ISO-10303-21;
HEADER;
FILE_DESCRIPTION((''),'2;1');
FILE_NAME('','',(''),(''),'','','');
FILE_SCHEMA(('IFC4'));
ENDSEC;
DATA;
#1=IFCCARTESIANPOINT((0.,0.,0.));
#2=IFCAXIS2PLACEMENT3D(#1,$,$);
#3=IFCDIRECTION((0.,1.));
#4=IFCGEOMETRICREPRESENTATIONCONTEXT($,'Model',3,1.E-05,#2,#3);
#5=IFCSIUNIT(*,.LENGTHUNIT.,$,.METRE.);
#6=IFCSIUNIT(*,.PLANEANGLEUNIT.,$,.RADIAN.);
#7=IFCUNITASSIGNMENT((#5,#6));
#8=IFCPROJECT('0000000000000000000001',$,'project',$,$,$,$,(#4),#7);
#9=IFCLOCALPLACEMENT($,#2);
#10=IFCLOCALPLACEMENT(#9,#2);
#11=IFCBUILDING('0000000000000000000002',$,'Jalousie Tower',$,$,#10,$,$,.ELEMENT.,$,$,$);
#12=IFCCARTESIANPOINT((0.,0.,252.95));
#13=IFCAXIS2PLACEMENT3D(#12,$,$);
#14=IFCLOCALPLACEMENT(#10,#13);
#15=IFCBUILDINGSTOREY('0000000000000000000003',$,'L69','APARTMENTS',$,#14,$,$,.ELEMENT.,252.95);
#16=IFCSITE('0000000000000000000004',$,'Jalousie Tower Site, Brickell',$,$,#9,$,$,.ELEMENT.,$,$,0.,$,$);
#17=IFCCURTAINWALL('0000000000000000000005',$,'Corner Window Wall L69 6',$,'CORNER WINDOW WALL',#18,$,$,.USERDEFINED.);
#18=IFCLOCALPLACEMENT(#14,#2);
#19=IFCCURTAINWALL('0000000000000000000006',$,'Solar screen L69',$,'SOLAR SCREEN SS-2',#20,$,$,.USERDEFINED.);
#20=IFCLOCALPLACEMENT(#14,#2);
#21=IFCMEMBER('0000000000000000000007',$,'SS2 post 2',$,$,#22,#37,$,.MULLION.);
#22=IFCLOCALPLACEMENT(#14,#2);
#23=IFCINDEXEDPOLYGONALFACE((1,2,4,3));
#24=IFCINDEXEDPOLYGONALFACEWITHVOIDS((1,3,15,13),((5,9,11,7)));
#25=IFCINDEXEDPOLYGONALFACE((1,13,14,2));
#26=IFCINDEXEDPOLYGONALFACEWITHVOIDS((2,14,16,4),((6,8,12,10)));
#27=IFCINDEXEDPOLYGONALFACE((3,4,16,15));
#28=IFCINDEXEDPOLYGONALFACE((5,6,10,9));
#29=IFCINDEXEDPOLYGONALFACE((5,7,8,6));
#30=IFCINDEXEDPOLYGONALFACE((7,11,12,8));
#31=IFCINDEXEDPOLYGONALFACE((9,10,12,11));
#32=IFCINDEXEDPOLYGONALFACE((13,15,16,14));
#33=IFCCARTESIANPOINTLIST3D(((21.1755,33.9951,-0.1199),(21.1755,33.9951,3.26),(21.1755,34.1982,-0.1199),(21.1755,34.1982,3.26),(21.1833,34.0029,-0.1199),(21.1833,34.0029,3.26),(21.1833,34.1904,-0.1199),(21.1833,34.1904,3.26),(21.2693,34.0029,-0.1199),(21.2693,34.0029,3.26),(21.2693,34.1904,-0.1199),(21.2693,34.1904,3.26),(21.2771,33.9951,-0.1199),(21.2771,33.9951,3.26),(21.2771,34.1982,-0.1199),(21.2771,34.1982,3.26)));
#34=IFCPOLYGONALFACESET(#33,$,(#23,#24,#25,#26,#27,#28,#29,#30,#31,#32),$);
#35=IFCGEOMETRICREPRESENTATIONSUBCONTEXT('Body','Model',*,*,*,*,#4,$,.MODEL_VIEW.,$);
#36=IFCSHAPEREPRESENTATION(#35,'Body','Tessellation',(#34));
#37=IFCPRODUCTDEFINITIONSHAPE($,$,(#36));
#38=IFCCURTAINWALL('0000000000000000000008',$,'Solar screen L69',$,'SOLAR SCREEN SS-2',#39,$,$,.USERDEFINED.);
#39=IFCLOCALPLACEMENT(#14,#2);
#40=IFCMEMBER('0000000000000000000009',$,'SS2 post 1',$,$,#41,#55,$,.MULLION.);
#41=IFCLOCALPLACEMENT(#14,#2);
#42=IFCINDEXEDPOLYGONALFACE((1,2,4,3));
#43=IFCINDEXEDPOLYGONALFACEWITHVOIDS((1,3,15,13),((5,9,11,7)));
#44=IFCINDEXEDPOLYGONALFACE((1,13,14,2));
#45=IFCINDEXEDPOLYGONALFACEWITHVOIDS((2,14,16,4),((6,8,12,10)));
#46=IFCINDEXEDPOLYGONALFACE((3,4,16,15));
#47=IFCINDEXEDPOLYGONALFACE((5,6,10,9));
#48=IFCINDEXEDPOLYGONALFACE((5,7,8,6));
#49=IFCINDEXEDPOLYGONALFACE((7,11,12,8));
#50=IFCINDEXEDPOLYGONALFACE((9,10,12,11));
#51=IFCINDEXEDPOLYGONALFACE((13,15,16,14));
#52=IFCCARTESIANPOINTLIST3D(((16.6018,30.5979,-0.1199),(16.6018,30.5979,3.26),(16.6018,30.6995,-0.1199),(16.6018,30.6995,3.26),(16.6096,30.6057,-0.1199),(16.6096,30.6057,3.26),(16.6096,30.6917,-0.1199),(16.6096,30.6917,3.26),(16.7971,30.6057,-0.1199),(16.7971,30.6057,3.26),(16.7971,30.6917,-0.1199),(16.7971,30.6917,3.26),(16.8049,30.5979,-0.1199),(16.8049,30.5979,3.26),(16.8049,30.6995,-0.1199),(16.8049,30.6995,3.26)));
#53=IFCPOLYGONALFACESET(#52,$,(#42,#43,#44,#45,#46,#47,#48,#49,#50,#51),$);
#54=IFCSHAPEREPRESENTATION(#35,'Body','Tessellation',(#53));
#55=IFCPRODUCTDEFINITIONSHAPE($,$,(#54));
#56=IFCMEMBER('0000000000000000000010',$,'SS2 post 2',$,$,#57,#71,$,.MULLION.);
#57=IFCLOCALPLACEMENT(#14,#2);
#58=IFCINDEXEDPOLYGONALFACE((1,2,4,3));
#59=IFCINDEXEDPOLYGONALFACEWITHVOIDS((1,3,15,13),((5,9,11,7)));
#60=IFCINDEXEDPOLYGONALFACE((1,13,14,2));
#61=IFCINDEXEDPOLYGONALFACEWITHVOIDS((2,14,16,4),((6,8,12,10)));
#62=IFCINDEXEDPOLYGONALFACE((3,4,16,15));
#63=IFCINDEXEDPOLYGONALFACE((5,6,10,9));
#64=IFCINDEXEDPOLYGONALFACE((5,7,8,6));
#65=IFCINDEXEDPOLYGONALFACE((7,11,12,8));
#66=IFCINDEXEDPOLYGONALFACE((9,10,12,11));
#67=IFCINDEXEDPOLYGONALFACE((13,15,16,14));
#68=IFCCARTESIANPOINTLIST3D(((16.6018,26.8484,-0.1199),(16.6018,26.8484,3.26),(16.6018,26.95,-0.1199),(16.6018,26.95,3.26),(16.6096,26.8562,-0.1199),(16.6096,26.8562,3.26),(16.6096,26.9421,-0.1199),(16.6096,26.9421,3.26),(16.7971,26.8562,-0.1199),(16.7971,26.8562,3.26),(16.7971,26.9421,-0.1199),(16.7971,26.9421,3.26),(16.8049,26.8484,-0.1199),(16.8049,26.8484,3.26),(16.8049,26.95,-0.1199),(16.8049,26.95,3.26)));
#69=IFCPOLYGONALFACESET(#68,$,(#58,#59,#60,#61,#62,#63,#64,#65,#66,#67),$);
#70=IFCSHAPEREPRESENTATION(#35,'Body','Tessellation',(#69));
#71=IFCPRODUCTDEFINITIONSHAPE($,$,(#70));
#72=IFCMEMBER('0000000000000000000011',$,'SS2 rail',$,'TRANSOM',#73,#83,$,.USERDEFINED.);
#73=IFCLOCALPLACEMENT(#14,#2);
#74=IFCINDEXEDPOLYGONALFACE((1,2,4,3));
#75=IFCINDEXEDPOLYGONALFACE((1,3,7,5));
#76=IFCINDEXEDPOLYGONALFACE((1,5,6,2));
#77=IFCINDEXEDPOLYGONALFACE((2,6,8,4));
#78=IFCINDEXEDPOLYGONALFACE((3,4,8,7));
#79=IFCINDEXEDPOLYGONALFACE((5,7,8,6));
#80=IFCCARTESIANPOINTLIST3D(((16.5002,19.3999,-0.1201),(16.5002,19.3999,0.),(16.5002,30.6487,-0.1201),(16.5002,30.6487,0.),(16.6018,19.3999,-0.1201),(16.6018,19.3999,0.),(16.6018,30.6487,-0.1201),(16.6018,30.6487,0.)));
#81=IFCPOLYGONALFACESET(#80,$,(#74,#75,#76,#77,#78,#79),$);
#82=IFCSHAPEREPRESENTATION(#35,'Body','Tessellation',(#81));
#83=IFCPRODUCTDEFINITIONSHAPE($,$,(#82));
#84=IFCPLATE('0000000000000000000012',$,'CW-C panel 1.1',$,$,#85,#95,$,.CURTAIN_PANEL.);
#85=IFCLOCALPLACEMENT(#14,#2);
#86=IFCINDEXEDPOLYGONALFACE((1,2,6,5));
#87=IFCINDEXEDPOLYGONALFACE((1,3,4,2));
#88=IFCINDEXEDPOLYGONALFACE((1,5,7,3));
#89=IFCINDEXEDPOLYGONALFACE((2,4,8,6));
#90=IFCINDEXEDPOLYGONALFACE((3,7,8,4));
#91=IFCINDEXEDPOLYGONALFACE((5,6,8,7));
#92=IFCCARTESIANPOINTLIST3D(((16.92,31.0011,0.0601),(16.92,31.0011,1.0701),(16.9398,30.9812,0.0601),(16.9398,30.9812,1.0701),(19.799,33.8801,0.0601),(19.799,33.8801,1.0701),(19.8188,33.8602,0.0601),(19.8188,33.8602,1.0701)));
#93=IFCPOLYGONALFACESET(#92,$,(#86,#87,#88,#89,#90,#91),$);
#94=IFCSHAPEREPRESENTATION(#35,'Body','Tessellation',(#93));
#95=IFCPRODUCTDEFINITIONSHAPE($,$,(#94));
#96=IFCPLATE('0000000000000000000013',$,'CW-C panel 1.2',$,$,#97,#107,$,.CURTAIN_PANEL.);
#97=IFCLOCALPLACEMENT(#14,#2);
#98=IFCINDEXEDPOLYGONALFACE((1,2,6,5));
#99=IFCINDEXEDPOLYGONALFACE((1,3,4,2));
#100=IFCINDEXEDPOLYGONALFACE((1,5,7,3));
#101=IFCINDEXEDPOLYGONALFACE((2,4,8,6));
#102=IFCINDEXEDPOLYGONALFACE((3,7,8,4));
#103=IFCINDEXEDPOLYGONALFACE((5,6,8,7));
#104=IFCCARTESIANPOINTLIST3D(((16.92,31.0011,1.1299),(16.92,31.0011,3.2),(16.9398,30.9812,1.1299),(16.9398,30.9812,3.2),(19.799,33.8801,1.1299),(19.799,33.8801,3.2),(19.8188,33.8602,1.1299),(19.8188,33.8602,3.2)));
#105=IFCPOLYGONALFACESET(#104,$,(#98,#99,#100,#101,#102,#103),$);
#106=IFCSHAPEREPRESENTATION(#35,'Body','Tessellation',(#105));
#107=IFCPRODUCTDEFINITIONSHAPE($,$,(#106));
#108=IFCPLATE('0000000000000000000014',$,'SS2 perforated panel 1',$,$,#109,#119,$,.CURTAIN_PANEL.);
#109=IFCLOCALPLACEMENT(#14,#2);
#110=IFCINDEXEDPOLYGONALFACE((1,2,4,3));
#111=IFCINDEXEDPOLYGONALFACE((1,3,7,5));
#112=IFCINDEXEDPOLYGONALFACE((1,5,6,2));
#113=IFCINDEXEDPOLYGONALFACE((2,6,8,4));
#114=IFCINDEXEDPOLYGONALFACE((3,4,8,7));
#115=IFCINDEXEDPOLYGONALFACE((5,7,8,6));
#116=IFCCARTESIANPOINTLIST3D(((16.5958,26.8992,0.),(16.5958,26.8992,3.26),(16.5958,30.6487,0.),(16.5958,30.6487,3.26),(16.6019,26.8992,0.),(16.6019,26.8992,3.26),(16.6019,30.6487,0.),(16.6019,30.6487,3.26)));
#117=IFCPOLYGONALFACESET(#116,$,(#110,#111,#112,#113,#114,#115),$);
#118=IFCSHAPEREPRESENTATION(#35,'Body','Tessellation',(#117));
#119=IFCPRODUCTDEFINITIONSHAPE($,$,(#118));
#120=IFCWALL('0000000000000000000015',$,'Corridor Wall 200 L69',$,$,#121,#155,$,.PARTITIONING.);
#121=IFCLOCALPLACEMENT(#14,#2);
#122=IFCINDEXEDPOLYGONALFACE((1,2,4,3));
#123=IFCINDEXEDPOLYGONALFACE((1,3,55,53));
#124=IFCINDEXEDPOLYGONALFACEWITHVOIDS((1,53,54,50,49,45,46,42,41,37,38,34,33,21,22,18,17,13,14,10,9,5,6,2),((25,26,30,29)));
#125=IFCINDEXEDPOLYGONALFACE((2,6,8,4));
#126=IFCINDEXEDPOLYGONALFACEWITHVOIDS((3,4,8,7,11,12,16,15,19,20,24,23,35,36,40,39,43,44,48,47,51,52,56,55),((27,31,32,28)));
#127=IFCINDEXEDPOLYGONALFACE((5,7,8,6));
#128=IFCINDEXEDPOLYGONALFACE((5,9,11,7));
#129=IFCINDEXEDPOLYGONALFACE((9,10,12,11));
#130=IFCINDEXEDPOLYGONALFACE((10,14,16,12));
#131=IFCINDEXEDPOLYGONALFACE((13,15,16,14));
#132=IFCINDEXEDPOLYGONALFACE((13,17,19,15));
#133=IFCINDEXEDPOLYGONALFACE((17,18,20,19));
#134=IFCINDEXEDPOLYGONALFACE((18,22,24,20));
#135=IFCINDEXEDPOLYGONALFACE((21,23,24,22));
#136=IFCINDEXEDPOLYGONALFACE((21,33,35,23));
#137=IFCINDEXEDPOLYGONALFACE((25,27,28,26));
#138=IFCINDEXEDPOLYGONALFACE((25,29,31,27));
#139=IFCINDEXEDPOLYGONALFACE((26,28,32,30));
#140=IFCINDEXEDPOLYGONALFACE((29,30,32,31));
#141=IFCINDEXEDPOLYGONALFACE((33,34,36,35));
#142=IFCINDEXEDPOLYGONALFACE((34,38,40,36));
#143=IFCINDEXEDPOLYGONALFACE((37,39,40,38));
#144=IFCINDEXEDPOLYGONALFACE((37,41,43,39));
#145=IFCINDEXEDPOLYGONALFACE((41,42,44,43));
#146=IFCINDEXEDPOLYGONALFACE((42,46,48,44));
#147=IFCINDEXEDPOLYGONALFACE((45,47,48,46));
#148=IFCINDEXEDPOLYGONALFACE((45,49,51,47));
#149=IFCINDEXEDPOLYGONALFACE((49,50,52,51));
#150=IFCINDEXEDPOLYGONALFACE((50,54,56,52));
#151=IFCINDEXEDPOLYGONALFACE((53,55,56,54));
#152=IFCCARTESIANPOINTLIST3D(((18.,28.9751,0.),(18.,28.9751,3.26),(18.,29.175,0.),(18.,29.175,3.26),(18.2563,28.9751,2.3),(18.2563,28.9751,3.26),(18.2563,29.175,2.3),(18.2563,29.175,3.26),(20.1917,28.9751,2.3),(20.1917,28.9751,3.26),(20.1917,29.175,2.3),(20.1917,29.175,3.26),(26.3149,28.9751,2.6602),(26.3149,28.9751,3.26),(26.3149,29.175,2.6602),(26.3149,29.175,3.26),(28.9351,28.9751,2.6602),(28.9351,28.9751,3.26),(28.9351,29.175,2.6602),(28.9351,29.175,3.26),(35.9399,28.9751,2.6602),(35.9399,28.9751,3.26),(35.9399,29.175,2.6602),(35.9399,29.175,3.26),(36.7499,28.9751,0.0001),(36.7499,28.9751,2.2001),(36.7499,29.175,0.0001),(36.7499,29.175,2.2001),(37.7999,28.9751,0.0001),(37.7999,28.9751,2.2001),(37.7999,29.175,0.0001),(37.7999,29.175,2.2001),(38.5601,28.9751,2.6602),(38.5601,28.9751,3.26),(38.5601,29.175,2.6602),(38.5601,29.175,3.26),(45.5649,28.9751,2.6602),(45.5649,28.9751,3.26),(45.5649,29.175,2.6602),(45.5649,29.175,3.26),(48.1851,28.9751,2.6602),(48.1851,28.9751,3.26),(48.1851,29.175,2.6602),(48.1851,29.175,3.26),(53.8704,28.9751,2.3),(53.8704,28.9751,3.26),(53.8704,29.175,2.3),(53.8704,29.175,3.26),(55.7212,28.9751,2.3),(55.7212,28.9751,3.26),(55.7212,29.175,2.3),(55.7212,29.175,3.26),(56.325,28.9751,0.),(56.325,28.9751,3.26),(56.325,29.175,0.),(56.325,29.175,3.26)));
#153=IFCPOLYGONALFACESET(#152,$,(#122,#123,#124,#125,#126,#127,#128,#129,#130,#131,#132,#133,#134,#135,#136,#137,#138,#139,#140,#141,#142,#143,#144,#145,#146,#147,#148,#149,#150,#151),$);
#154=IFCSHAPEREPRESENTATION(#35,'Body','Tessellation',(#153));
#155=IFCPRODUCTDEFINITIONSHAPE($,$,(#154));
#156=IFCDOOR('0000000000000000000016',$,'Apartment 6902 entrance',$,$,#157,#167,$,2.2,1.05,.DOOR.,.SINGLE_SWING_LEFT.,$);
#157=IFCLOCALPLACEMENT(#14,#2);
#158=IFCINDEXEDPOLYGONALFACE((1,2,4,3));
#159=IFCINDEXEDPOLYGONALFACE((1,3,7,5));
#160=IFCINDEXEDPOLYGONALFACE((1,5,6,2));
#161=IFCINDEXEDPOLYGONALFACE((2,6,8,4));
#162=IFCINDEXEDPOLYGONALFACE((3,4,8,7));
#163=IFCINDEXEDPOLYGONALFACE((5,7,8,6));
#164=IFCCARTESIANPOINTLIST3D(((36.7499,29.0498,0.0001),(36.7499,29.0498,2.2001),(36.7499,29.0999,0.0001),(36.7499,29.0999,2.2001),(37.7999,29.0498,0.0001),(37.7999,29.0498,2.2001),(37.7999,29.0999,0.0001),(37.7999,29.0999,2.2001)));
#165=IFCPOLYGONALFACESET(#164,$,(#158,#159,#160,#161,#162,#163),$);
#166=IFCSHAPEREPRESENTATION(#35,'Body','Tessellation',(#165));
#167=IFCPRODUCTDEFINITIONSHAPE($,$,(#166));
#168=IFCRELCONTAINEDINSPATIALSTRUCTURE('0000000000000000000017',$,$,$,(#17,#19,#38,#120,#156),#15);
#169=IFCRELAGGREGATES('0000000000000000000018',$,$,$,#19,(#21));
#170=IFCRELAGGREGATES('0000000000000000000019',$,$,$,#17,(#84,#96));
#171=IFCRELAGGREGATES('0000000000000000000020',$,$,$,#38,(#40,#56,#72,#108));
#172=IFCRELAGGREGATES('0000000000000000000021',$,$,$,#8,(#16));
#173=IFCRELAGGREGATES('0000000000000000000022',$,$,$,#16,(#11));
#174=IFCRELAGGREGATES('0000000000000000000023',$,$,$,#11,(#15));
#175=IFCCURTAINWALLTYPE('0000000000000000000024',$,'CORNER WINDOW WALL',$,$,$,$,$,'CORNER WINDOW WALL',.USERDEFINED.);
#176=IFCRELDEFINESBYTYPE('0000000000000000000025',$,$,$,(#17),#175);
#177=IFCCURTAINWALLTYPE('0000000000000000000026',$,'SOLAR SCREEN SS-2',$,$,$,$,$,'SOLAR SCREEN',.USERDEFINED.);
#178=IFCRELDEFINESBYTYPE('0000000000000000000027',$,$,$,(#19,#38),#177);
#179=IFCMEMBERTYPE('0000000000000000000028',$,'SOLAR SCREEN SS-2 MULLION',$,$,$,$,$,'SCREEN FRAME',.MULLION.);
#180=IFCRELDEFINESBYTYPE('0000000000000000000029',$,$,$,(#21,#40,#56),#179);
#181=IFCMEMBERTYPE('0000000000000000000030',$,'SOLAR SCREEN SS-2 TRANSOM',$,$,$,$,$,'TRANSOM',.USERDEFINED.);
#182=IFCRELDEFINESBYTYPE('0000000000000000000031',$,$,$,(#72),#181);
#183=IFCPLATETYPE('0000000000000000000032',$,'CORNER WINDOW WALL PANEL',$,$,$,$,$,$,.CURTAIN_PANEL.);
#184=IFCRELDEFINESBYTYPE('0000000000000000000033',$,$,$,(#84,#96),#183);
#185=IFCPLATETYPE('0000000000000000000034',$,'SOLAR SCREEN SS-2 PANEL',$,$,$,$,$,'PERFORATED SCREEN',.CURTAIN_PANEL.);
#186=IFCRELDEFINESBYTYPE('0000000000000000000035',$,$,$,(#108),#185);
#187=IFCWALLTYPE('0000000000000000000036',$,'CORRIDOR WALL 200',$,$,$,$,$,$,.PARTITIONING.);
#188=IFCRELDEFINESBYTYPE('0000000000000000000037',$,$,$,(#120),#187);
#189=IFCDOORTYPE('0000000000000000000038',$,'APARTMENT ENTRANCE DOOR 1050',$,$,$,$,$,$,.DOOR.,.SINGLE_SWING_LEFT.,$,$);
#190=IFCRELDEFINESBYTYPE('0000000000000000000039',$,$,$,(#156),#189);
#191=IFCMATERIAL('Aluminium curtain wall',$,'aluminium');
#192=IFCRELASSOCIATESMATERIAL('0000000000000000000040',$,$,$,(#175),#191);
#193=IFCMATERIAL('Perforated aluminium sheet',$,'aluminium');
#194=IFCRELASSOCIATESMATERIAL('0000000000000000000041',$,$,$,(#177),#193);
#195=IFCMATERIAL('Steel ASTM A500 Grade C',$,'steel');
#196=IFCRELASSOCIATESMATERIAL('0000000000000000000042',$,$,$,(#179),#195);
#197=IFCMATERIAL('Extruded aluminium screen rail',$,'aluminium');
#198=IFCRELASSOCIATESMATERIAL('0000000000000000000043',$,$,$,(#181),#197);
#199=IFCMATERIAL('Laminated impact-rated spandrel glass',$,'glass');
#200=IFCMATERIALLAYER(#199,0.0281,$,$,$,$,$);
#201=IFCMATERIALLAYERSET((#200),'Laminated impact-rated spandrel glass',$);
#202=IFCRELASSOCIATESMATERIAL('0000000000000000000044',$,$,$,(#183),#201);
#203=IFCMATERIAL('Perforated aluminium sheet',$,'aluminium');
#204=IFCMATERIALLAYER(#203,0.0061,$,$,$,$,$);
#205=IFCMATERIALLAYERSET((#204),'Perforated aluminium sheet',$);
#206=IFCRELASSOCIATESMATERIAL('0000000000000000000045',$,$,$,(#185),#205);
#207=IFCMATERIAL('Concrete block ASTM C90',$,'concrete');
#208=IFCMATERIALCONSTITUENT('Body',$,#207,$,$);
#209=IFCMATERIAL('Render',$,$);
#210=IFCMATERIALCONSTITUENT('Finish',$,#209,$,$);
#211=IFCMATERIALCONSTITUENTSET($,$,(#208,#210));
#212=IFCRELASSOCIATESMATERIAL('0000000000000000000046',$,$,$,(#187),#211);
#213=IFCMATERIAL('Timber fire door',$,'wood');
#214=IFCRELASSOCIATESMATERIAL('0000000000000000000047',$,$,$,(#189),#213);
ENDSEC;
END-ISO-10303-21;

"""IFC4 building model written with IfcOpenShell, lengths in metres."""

from ifc_helpers import new_model, si_unit, direction, frame, frame_2d, origin, origin_2d, place, context, subcontext, project, spatial, polyline, rectangle, hollow_rectangle, outline, extrude, material, layer, layer_set, constituent, constituent_set, material_profile, profile_set, type_object, element, fill, aggregate, save


model = new_model("IFC4")

# Units and contexts
model_context = context("Model", 3, precision=1e-05, world=origin(), true_north=direction((0.0, 1.0)))
body_context = subcontext(model_context, "Body", "Model", "MODEL_VIEW")
ifc_project = project(units=[si_unit("LENGTHUNIT", "METRE"), si_unit("PLANEANGLEUNIT", "RADIAN")], contexts=[model_context])

# Site, building, storey
site_placement = place(None, origin())
site = spatial("IfcSite", under=ifc_project, at=site_placement, Name="Jalousie Tower Site, Brickell", CompositionType="ELEMENT", RefElevation=0.0)
building_placement = place(site_placement, origin())
building = spatial("IfcBuilding", under=site, at=building_placement, Name="Jalousie Tower", CompositionType="ELEMENT")
storey_placement = place(building_placement, frame((0.0, 0.0, 252.95)))
storey = spatial("IfcBuildingStorey", under=building, at=storey_placement, Name="L69", Description="APARTMENTS", CompositionType="ELEMENT", Elevation=252.95)

# Curtain wall
ifc_material_1 = material(Name="Aluminium curtain wall", Category="aluminium")
curtain_wall_type_1 = type_object("IfcCurtainWallType", Name="CORNER WINDOW WALL", ElementType="CORNER WINDOW WALL", PredefinedType="USERDEFINED", material=ifc_material_1)
curtain_wall_1_placement = place(storey_placement, origin())
curtain_wall_1 = element("IfcCurtainWall", 1, at=curtain_wall_1_placement, inside=storey, type_object=curtain_wall_type_1, Name="Corner Window Wall L69 6", ObjectType="CORNER WINDOW WALL", PredefinedType="USERDEFINED")

# Curtain wall, member
ifc_material_2 = material(Name="Perforated aluminium sheet", Category="aluminium")
curtain_wall_type_2 = type_object("IfcCurtainWallType", Name="SOLAR SCREEN SS-2", ElementType="SOLAR SCREEN", PredefinedType="USERDEFINED", material=ifc_material_2)
curtain_wall_2_placement = place(storey_placement, origin())
curtain_wall_2 = element("IfcCurtainWall", 2, at=curtain_wall_2_placement, inside=storey, type_object=curtain_wall_type_2, Name="Solar screen L69", ObjectType="SOLAR SCREEN SS-2", PredefinedType="USERDEFINED")
ifc_material_3 = material(Name="Steel ASTM A500 Grade C", Category="steel")
ifc_material_profile_1 = material_profile(ifc_material_3, hollow_rectangle(XDim=0.1016, YDim=0.2031, WallThickness=0.0078, at=origin_2d()), Name="HSS8X4X5/16")
ifc_profile_set_1 = profile_set([ifc_material_profile_1], Name="Steel ASTM A500 Grade C")
member_type_1 = type_object("IfcMemberType", Name="SOLAR SCREEN SS-2 MULLION", ElementType="SCREEN FRAME", PredefinedType="MULLION", material=ifc_profile_set_1)
member_1_placement = place(storey_placement, frame((21.2263, 34.0967, -0.1199), z_axis=(0.0, 0.0, 1.0), x_axis=(-1.0, 0.0, 0.0)))
member_1 = element("IfcMember", 3, at=member_1_placement, type_object=member_type_1, Name="SS2 post 2", PredefinedType="MULLION", context=body_context, shape_type="SweptSolid", body=[
    extrude(hollow_rectangle(XDim=0.1016, YDim=0.2031, WallThickness=0.0078, at=origin_2d()), origin(), (0.0, 0.0, 1.0), 3.3799),
])
aggregate(curtain_wall_2, [member_1])

# Curtain wall, members
curtain_wall_3_placement = place(storey_placement, origin())
curtain_wall_3 = element("IfcCurtainWall", 4, at=curtain_wall_3_placement, inside=storey, type_object=curtain_wall_type_2, Name="Solar screen L69", ObjectType="SOLAR SCREEN SS-2", PredefinedType="USERDEFINED")
member_2_placement = place(storey_placement, frame((16.7034, 30.6487, -0.1199), z_axis=(0.0, 0.0, 1.0), x_axis=(0.0, -1.0, 0.0)))
member_2 = element("IfcMember", 5, at=member_2_placement, type_object=member_type_1, Name="SS2 post 1", PredefinedType="MULLION", context=body_context, shape_type="SweptSolid", body=[
    extrude(hollow_rectangle(XDim=0.1016, YDim=0.2031, WallThickness=0.0078, at=origin_2d()), origin(), (0.0, 0.0, 1.0), 3.3799),
])
member_3_placement = place(storey_placement, frame((16.7034, 26.8992, -0.1199), z_axis=(0.0, 0.0, 1.0), x_axis=(0.0, -1.0, 0.0)))
member_3 = element("IfcMember", 6, at=member_3_placement, type_object=member_type_1, Name="SS2 post 2", PredefinedType="MULLION", context=body_context, shape_type="SweptSolid", body=[
    extrude(hollow_rectangle(XDim=0.1016, YDim=0.2031, WallThickness=0.0078, at=origin_2d()), origin(), (0.0, 0.0, 1.0), 3.3799),
])
ifc_material_4 = material(Name="Extruded aluminium screen rail", Category="aluminium")
ifc_material_profile_2 = material_profile(ifc_material_4, rectangle(XDim=0.1016, YDim=0.1201, at=origin_2d()), Name="RAIL 102x120")
ifc_profile_set_2 = profile_set([ifc_material_profile_2], Name="Extruded aluminium screen rail")
member_type_2 = type_object("IfcMemberType", Name="SOLAR SCREEN SS-2 TRANSOM", ElementType="TRANSOM", PredefinedType="USERDEFINED", material=ifc_profile_set_2)
member_4_placement = place(storey_placement, frame((16.551, 30.6487, -0.0601), z_axis=(0.0, -1.0, 0.0), x_axis=(1.0, 0.0, 0.0)))
member_4 = element("IfcMember", 7, at=member_4_placement, type_object=member_type_2, Name="SS2 rail", ObjectType="TRANSOM", PredefinedType="USERDEFINED", context=body_context, shape_type="SweptSolid", body=[
    extrude(rectangle(XDim=0.1016, YDim=0.1201, at=origin_2d()), origin(), (0.0, 0.0, 1.0), 11.2488),
])

# Plates
ifc_material_5 = material(Name="Laminated impact-rated spandrel glass", Category="glass")
ifc_layer_1 = layer(ifc_material_5, 0.0281)
ifc_layer_set_1 = layer_set([ifc_layer_1], Name="Laminated impact-rated spandrel glass")
plate_type_1 = type_object("IfcPlateType", Name="CORNER WINDOW WALL PANEL", PredefinedType="CURTAIN_PANEL", material=ifc_layer_set_1)
plate_1_placement = place(storey_placement, frame((18.3694, 32.4307, 0.0601), z_axis=(0.0, 0.0, 1.0), x_axis=(-0.707107, -0.707107, 0.0)))
plate_1 = element("IfcPlate", 8, at=plate_1_placement, type_object=plate_type_1, Name="CW-C panel 1.1", PredefinedType="CURTAIN_PANEL", context=body_context, shape_type="SweptSolid", body=[
    extrude(rectangle(XDim=4.0715, YDim=0.0281, at=origin_2d()), origin(), (0.0, 0.0, 1.0), 1.01),
])
plate_2_placement = place(storey_placement, frame((18.3694, 32.4307, 1.1299), z_axis=(0.0, 0.0, 1.0), x_axis=(-0.707107, -0.707107, 0.0)))
plate_2 = element("IfcPlate", 9, at=plate_2_placement, type_object=plate_type_1, Name="CW-C panel 1.2", PredefinedType="CURTAIN_PANEL", context=body_context, shape_type="SweptSolid", body=[
    extrude(rectangle(XDim=4.0715, YDim=0.0281, at=origin_2d()), origin(), (0.0, 0.0, 1.0), 2.0701),
])
aggregate(curtain_wall_1, [plate_1, plate_2])
ifc_material_6 = material(Name="Perforated aluminium sheet", Category="aluminium")
ifc_layer_2 = layer(ifc_material_6, 0.0061)
ifc_layer_set_2 = layer_set([ifc_layer_2], Name="Perforated aluminium sheet")
plate_type_2 = type_object("IfcPlateType", Name="SOLAR SCREEN SS-2 PANEL", ElementType="PERFORATED SCREEN", PredefinedType="CURTAIN_PANEL", material=ifc_layer_set_2)
plate_3_placement = place(storey_placement, frame((16.5989, 28.7739, 0.0), z_axis=(0.0, 0.0, 1.0), x_axis=(0.0, -1.0, 0.0)))
plate_3 = element("IfcPlate", 10, at=plate_3_placement, type_object=plate_type_2, Name="SS2 perforated panel 1", PredefinedType="CURTAIN_PANEL", context=body_context, shape_type="SweptSolid", body=[
    extrude(rectangle(XDim=3.7495, YDim=0.0061, at=origin_2d()), origin(), (0.0, 0.0, 1.0), 3.26),
])
aggregate(curtain_wall_3, [member_2, member_3, member_4, plate_3])

# Wall, opening, door
ifc_material_7 = material(Name="Concrete block ASTM C90", Category="concrete")
ifc_constituent_1 = constituent(ifc_material_7, Name="Body")
ifc_material_8 = material(Name="Render")
ifc_constituent_2 = constituent(ifc_material_8, Name="Finish")
ifc_constituent_set_1 = constituent_set(constituents=[ifc_constituent_1, ifc_constituent_2])
wall_type_1 = type_object("IfcWallType", Name="CORRIDOR WALL 200", PredefinedType="PARTITIONING", material=ifc_constituent_set_1)
wall_1_placement = place(storey_placement, frame((18.0, 29.075, 0.0), z_axis=(0.0, 0.0, 1.0), x_axis=(1.0, 0.0, 0.0)))
wall_1 = element("IfcWall", 11, at=wall_1_placement, inside=storey, type_object=wall_type_1, Name="Corridor Wall 200 L69", PredefinedType="PARTITIONING", context=body_context, shape_type="SweptSolid", body=[
    extrude(outline(polyline([(0.0, 0.0), (38.325, 0.0), (38.325, 3.26), (37.7212, 3.26), (37.7212, 2.3), (35.8704, 2.3), (35.8704, 3.26), (30.1851, 3.26), (30.1851, 2.6602), (27.5649, 2.6602), (27.5649, 3.26), (20.5601, 3.26), (20.5601, 2.6602), (17.9399, 2.6602), (17.9399, 3.26), (10.9351, 3.26), (10.9351, 2.6602), (8.3149, 2.6602), (8.3149, 3.26), (2.1917, 3.26), (2.1917, 2.3), (0.2563, 2.3), (0.2563, 3.26), (0.0, 3.26), (0.0, 0.0)])), frame((0.0, 0.1001, 0.0), z_axis=(0.0, -1.0, 0.0), x_axis=(1.0, 0.0, 0.0)), (0.0, 0.0, 1.0), 0.2),
])
opening_1_placement = place(wall_1_placement, frame((18.75, 0.0, 0.0)))
opening_1 = element("IfcOpeningElement", 12, at=opening_1_placement, cuts=wall_1, PredefinedType="OPENING", context=body_context, shape_type="SweptSolid", body=[
    extrude(rectangle(XDim=1.05, YDim=2.2, at=frame_2d((0.5249, 1.1001))), frame((0.0, 0.1099, 0.0), z_axis=(0.0, -1.0, 0.0), x_axis=(1.0, 0.0, 0.0)), (0.0, 0.0, 1.0), 0.22),
])
ifc_material_9 = material(Name="Timber fire door", Category="wood")
door_type_1 = type_object("IfcDoorType", Name="APARTMENT ENTRANCE DOOR 1050", OperationType="SINGLE_SWING_LEFT", PredefinedType="DOOR", material=ifc_material_9)
door_1_placement = place(opening_1_placement, origin())
door_1 = element("IfcDoor", 13, at=door_1_placement, inside=storey, type_object=door_type_1, Name="Apartment 6902 entrance", OperationType="SINGLE_SWING_LEFT", OverallHeight=2.2, OverallWidth=1.05, PredefinedType="DOOR", context=body_context, shape_type="SweptSolid", body=[
    extrude(rectangle(XDim=1.05, YDim=2.2, at=frame_2d((0.5249, 1.1001))), frame((0.0, 0.0249, 0.0), z_axis=(0.0, -1.0, 0.0), x_axis=(1.0, 0.0, 0.0)), (0.0, 0.0, 1.0), 0.05),
])
fill(opening_1, door_1)

save(model, "model.ifc")
